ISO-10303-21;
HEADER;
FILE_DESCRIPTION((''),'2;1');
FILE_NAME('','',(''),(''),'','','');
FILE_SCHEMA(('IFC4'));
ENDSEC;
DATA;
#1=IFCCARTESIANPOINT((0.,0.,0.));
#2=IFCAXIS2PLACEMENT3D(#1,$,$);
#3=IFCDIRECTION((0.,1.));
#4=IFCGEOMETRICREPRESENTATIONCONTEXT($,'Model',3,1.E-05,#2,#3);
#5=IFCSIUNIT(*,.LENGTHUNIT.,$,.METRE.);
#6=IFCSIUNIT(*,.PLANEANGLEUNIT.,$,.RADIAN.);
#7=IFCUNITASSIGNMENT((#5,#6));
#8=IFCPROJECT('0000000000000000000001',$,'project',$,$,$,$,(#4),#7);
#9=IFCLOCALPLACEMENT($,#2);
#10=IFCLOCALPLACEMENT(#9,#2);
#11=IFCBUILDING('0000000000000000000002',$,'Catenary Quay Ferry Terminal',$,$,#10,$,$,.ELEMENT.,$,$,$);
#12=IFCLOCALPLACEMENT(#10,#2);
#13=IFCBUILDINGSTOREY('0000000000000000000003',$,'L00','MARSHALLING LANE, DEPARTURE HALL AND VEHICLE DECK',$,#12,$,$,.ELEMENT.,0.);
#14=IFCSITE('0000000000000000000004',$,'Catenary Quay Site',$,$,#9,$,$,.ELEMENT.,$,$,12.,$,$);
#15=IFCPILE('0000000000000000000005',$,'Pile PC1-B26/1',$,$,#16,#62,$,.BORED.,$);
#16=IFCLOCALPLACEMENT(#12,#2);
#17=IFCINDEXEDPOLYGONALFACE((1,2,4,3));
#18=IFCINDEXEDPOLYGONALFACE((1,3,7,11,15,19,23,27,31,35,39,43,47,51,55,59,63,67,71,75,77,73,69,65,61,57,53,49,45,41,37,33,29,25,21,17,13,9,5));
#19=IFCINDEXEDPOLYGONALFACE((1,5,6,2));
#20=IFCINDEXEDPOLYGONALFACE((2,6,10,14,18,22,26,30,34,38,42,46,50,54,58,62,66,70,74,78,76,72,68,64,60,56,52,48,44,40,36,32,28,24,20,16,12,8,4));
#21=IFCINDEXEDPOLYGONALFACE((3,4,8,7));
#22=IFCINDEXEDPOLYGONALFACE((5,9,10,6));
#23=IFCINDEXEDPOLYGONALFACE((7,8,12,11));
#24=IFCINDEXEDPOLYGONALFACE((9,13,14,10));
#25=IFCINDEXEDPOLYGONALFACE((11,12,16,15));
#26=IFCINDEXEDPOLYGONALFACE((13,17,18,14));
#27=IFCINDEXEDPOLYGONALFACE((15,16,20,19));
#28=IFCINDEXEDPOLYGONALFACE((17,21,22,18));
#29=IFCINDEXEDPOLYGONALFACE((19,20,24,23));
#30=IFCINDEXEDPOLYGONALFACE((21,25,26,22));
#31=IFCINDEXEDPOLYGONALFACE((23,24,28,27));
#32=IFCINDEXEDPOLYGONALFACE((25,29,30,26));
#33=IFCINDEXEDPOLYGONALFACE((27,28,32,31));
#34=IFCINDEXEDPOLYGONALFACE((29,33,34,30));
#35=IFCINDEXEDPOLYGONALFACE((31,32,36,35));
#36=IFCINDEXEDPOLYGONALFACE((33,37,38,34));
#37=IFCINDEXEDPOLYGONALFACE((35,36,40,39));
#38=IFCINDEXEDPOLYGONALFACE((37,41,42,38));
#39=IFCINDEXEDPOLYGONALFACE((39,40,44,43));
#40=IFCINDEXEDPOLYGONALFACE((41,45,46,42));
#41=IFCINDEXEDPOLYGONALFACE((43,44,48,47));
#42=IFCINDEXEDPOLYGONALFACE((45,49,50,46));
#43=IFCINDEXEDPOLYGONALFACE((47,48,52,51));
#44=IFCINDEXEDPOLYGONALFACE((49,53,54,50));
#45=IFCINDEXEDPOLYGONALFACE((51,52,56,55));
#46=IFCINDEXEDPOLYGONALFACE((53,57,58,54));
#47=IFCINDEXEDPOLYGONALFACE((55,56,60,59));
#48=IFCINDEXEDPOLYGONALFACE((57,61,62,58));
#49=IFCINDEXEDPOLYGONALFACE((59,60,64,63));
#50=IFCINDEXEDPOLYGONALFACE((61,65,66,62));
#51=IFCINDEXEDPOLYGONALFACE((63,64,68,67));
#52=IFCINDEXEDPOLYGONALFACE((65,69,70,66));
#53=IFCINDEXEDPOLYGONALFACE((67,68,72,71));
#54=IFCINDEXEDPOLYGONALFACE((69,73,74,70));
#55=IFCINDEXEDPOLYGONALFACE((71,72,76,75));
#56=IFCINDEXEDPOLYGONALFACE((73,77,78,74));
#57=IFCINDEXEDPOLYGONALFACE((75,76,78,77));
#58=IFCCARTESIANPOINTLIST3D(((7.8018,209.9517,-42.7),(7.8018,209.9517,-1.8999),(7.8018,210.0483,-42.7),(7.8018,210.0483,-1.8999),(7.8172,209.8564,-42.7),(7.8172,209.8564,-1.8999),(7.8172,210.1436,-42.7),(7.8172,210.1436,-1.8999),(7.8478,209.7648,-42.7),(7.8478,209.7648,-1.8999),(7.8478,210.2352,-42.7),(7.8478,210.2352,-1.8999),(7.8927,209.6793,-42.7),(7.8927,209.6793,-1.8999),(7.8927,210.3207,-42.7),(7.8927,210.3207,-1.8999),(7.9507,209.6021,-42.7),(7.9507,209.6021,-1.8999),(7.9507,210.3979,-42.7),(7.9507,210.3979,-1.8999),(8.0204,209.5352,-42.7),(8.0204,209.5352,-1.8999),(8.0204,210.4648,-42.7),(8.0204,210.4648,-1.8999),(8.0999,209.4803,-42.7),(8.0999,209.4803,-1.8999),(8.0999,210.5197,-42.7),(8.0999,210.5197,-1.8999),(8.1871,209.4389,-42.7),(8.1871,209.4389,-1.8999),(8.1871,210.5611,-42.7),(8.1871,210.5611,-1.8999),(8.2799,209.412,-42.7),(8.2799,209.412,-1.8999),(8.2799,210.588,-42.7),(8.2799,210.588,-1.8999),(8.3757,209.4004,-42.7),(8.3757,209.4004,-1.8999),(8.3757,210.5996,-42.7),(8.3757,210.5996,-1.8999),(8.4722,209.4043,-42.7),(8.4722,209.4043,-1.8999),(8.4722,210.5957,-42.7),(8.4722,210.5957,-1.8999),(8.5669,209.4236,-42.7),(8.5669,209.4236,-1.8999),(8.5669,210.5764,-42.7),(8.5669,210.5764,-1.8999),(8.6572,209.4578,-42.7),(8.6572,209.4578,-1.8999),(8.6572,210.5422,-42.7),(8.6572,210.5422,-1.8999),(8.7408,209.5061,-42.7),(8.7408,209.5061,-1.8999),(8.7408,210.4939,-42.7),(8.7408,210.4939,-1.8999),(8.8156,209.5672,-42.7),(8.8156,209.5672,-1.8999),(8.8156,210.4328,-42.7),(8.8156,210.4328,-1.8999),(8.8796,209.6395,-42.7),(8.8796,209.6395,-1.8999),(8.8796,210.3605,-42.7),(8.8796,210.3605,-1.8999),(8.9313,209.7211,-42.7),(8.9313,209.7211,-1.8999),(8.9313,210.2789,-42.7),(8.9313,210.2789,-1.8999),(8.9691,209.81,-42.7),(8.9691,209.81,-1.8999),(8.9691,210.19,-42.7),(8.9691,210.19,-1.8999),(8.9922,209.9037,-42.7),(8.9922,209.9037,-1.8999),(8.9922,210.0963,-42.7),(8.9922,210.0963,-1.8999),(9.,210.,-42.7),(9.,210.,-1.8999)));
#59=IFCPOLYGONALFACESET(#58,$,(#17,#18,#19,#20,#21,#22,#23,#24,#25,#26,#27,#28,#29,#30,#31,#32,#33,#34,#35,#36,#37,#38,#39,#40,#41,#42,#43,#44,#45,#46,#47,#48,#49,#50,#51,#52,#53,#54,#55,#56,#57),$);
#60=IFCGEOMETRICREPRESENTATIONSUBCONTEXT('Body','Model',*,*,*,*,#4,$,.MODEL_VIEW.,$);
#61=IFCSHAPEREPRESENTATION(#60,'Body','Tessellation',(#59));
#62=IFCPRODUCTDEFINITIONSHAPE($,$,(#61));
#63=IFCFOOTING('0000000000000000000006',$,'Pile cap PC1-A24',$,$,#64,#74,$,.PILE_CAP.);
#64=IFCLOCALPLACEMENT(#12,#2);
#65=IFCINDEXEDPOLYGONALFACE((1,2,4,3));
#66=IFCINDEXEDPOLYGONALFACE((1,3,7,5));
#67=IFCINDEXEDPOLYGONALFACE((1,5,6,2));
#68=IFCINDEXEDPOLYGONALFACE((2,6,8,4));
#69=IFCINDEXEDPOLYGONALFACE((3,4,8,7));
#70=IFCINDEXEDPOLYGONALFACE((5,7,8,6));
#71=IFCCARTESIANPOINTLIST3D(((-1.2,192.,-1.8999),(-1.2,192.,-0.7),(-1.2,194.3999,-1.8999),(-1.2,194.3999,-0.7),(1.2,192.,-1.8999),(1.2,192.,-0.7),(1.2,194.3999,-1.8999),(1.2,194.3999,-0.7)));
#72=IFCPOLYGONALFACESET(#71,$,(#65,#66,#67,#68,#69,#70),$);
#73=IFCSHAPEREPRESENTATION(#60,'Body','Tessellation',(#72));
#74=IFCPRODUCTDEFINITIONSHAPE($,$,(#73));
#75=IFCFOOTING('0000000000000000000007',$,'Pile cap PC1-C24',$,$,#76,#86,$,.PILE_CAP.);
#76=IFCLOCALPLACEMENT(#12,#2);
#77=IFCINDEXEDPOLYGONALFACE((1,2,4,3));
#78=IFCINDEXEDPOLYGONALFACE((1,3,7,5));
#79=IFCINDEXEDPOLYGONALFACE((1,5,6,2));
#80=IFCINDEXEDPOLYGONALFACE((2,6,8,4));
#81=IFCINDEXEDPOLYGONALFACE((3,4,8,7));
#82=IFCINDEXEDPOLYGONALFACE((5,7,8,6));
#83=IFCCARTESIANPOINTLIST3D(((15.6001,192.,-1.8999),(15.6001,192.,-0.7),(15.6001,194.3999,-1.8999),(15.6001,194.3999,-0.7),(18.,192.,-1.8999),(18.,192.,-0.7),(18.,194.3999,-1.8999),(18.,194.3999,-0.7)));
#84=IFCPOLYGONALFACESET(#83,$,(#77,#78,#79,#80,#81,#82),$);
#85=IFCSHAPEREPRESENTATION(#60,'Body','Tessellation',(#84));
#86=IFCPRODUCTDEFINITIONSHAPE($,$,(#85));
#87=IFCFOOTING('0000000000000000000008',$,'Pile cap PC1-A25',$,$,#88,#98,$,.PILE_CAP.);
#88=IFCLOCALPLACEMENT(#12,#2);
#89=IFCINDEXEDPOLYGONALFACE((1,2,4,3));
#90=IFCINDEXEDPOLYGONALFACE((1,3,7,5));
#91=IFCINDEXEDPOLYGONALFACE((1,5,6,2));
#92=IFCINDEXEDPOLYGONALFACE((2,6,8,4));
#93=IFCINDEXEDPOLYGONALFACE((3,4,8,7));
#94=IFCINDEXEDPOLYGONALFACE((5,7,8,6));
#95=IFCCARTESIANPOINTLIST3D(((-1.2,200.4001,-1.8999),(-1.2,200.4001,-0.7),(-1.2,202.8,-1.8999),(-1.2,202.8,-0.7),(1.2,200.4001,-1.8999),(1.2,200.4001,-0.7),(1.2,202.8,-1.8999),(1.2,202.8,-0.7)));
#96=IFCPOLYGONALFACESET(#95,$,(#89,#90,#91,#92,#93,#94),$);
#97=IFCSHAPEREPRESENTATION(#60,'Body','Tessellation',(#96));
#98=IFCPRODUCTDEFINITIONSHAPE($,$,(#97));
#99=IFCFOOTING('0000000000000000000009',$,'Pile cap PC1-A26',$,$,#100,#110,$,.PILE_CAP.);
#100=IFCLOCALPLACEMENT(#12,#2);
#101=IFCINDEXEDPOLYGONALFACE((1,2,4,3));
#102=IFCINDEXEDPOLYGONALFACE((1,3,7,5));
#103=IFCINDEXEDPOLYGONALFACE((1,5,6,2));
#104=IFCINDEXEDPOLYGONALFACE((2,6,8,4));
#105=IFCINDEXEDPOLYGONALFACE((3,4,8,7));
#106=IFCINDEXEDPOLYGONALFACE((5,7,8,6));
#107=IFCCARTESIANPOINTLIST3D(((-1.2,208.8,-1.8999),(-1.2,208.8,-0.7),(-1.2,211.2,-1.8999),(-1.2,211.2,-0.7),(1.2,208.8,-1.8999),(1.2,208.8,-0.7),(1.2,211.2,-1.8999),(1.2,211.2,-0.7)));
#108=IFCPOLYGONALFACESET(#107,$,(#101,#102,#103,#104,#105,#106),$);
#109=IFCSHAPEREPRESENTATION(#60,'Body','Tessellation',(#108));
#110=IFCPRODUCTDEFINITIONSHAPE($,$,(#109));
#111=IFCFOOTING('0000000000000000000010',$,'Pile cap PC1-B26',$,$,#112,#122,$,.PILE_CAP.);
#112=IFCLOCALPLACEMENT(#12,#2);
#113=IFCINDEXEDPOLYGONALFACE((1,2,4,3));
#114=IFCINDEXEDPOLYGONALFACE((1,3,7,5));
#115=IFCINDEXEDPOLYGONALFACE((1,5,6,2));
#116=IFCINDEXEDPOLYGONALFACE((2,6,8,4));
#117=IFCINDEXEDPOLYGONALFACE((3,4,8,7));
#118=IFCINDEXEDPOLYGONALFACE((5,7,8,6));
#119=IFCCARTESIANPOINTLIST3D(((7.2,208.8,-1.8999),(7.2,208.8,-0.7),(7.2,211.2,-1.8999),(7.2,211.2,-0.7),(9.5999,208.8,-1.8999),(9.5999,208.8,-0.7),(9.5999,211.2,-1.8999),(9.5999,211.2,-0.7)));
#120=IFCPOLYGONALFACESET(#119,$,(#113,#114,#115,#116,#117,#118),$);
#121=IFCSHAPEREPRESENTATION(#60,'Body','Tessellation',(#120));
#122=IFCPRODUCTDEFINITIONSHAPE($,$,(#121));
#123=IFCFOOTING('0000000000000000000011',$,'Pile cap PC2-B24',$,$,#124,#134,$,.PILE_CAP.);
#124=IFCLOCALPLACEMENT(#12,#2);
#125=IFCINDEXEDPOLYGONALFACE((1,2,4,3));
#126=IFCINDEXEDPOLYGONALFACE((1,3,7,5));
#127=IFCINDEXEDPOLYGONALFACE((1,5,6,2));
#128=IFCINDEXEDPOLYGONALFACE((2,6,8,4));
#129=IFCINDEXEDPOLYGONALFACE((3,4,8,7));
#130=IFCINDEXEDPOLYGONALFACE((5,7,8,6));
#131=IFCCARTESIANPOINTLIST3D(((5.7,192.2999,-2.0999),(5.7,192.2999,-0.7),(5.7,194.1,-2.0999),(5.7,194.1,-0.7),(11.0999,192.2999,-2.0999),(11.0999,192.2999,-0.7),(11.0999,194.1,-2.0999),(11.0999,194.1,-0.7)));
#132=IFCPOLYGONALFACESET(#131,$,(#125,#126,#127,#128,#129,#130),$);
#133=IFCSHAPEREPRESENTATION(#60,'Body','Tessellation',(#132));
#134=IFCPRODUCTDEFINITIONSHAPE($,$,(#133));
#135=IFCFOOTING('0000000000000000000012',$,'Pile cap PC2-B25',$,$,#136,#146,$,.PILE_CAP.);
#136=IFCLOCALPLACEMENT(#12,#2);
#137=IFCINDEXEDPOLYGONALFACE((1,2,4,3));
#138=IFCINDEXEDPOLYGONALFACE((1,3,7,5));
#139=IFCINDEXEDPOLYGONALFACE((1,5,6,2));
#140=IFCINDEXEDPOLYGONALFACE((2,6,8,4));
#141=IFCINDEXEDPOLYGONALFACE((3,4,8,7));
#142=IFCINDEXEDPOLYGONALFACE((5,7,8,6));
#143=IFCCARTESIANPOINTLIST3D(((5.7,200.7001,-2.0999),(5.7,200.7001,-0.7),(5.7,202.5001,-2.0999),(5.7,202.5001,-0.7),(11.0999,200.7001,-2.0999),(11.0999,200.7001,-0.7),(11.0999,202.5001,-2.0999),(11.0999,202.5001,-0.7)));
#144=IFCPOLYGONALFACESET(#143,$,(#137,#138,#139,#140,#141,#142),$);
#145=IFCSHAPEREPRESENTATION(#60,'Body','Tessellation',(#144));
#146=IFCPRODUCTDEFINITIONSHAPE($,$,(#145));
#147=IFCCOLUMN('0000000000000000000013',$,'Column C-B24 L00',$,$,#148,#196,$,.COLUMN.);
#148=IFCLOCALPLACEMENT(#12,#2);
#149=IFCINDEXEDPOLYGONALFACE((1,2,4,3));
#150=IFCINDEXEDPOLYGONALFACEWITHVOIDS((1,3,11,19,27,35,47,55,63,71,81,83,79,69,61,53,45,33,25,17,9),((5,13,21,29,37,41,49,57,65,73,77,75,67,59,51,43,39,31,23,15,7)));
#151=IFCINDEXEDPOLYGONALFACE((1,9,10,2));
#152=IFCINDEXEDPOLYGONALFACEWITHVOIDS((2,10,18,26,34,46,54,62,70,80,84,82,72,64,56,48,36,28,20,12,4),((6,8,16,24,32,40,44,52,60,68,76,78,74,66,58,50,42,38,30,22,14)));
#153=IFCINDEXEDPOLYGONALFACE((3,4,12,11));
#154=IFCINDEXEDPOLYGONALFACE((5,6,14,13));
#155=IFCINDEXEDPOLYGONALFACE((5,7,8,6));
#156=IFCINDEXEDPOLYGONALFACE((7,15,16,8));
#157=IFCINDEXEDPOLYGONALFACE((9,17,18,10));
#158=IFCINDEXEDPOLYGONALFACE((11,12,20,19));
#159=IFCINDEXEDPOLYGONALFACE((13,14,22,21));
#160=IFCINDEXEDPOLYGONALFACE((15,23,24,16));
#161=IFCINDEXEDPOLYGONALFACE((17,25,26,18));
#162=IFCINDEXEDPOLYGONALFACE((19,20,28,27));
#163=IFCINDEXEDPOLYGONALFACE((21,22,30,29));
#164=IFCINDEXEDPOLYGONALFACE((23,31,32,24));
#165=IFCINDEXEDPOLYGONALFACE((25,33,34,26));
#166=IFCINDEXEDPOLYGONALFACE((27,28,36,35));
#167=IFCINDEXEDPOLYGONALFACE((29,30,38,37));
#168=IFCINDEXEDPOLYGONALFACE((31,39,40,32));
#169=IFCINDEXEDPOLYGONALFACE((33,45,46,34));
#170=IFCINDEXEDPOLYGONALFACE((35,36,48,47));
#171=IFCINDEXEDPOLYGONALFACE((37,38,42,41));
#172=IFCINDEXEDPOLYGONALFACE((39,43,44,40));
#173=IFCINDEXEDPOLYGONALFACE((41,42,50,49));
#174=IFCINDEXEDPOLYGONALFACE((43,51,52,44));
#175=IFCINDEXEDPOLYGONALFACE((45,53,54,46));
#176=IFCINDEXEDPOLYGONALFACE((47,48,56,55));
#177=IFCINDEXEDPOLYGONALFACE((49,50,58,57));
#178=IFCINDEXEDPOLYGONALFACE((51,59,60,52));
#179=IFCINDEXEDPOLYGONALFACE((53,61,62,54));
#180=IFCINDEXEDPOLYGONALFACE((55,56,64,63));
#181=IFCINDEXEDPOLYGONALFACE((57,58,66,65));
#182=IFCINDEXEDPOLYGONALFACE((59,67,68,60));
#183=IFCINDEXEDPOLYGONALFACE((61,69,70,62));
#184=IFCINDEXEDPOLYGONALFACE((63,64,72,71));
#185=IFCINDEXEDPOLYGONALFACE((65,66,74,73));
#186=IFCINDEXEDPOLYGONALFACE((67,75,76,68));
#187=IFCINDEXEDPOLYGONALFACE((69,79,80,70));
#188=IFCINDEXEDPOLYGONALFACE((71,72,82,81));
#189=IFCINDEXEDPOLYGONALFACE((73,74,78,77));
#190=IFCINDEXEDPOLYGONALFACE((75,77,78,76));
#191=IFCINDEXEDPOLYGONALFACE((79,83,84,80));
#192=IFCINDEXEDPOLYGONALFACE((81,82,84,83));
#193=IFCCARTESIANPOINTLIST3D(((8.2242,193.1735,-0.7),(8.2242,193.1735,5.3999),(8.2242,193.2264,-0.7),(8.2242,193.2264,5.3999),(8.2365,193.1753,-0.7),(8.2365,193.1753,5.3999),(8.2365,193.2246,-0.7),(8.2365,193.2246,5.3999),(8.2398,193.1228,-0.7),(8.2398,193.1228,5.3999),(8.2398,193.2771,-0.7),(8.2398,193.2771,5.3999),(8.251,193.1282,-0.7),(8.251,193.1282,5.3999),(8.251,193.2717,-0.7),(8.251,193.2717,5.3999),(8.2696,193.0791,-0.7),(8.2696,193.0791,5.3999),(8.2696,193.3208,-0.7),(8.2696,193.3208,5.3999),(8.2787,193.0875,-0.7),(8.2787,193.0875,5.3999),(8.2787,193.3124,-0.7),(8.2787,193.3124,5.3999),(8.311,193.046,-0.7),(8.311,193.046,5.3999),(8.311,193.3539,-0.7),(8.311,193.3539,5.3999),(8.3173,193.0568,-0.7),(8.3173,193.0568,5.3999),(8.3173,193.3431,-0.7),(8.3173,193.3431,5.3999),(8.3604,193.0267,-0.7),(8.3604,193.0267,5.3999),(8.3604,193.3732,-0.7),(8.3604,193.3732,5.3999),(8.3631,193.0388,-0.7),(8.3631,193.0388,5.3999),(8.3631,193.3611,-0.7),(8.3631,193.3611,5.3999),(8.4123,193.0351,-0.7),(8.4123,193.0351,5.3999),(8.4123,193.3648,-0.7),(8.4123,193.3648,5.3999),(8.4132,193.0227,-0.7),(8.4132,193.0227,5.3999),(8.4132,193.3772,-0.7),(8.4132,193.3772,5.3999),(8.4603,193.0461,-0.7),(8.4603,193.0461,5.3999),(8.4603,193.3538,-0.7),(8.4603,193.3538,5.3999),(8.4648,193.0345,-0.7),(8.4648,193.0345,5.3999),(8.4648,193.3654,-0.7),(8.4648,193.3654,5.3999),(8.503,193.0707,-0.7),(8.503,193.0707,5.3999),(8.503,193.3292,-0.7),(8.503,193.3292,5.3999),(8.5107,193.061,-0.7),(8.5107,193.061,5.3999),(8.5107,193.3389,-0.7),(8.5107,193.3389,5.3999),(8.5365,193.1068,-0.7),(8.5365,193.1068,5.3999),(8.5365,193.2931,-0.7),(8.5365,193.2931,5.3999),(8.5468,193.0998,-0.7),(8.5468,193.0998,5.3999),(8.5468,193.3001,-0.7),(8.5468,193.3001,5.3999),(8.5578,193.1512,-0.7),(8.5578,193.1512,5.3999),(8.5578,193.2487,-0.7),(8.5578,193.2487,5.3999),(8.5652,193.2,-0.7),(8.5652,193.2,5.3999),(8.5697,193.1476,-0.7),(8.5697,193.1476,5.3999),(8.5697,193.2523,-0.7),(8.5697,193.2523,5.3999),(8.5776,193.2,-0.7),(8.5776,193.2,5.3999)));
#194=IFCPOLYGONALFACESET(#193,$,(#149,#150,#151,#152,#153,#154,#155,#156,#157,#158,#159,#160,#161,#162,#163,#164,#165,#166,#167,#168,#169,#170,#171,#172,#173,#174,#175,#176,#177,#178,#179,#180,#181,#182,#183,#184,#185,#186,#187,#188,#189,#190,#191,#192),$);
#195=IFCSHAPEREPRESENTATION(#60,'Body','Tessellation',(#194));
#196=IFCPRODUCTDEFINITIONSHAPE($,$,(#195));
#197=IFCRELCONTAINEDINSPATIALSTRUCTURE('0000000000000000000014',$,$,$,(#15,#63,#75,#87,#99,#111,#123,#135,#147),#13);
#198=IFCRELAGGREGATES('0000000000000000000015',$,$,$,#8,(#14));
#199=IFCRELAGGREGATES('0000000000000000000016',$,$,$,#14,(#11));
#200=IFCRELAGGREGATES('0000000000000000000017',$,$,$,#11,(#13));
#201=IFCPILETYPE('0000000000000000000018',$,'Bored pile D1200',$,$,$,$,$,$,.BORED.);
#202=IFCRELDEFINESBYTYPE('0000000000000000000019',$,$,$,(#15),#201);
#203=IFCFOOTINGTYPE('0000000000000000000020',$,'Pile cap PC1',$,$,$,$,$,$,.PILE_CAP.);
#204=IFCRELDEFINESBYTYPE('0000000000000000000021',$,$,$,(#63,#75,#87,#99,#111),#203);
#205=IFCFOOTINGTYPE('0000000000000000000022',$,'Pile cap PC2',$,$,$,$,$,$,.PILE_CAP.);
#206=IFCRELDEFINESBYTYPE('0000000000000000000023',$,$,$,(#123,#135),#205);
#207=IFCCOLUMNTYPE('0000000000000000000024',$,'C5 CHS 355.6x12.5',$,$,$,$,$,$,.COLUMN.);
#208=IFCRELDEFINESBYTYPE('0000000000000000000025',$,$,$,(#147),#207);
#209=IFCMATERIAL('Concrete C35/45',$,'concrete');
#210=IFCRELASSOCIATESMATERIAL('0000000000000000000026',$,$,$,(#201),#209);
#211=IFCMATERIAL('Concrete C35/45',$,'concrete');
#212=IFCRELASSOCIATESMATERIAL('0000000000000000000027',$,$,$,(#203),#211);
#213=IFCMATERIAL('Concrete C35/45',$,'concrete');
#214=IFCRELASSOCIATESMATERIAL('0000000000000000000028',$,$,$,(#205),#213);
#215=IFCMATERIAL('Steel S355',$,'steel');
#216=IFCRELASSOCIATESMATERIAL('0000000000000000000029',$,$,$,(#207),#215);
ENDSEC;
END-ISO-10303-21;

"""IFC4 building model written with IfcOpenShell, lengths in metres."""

from ifc_helpers import new_model, si_unit, direction, frame, origin, origin_2d, place, context, subcontext, project, spatial, rectangle, circle, hollow_circle, extrude, material, material_profile, profile_set, type_object, element, save


model = new_model("IFC4")

# Units and contexts
model_context = context("Model", 3, precision=1e-05, world=origin(), true_north=direction((0.0, 1.0)))
body_context = subcontext(model_context, "Body", "Model", "MODEL_VIEW")
ifc_project = project(units=[si_unit("LENGTHUNIT", "METRE"), si_unit("PLANEANGLEUNIT", "RADIAN")], contexts=[model_context])

# Site, building, storey
site_placement = place(None, origin())
site = spatial("IfcSite", under=ifc_project, at=site_placement, Name="Catenary Quay Site", CompositionType="ELEMENT", RefElevation=12.0)
building_placement = place(site_placement, origin())
building = spatial("IfcBuilding", under=site, at=building_placement, Name="Catenary Quay Ferry Terminal", CompositionType="ELEMENT")
storey_placement = place(building_placement, origin())
storey = spatial("IfcBuildingStorey", under=building, at=storey_placement, Name="L00", Description="MARSHALLING LANE, DEPARTURE HALL AND VEHICLE DECK", CompositionType="ELEMENT", Elevation=0.0)

# Pile
ifc_material_1 = material(Name="Concrete C35/45", Category="concrete")
ifc_material_profile_1 = material_profile(ifc_material_1, circle(Radius=0.6001, at=origin_2d()), Name="D1200")
ifc_profile_set_1 = profile_set([ifc_material_profile_1], Name="Concrete C35/45")
pile_type = type_object("IfcPileType", Name="Bored pile D1200", PredefinedType="BORED", material=ifc_profile_set_1)
for number, where, z_axis, x_axis, name in (
    (1, (8.3999, 210.0, -1.8999), (0.0, 0.0, -1.0), (1.0, 0.0, 0.0), "Pile PC1-B26/1"),
):
    element("IfcPile", number, at=place(storey_placement, frame(where, z_axis=z_axis, x_axis=x_axis)), inside=storey, type_object=pile_type, Name=name, PredefinedType="BORED", context=body_context, shape_type="SweptSolid", body=[
        extrude(circle(Radius=0.6001, at=origin_2d()), origin(), (0.0, 0.0, 1.0), 40.8),
    ])

# Footings
ifc_material_2 = material(Name="Concrete C35/45", Category="concrete")
footing_type_1 = type_object("IfcFootingType", Name="Pile cap PC1", PredefinedType="PILE_CAP", material=ifc_material_2)
for number, where, z_axis, x_axis, name in (
    (2, (0.0, 193.2, -1.8999), (0.0, 0.0, 1.0), (1.0, 0.0, 0.0), "Pile cap PC1-A24"),
    (3, (16.8, 193.2, -1.8999), (0.0, 0.0, 1.0), (1.0, 0.0, 0.0), "Pile cap PC1-C24"),
    (4, (0.0, 201.6001, -1.8999), (0.0, 0.0, 1.0), (1.0, 0.0, 0.0), "Pile cap PC1-A25"),
    (5, (0.0, 210.0, -1.8999), (0.0, 0.0, 1.0), (1.0, 0.0, 0.0), "Pile cap PC1-A26"),
    (6, (8.3999, 210.0, -1.8999), (0.0, 0.0, 1.0), (1.0, 0.0, 0.0), "Pile cap PC1-B26"),
):
    element("IfcFooting", number, at=place(storey_placement, frame(where, z_axis=z_axis, x_axis=x_axis)), inside=storey, type_object=footing_type_1, Name=name, PredefinedType="PILE_CAP", context=body_context, shape_type="SweptSolid", body=[
        extrude(rectangle(XDim=2.3999, YDim=2.3999, at=origin_2d()), origin(), (0.0, 0.0, 1.0), 1.2),
    ])
ifc_material_3 = material(Name="Concrete C35/45", Category="concrete")
footing_type_2 = type_object("IfcFootingType", Name="Pile cap PC2", PredefinedType="PILE_CAP", material=ifc_material_3)
for number, where, z_axis, x_axis, name in (
    (7, (8.3999, 193.2, -2.0999), (0.0, 0.0, 1.0), (1.0, 0.0, 0.0), "Pile cap PC2-B24"),
    (8, (8.3999, 201.6001, -2.0999), (0.0, 0.0, 1.0), (1.0, 0.0, 0.0), "Pile cap PC2-B25"),
):
    element("IfcFooting", number, at=place(storey_placement, frame(where, z_axis=z_axis, x_axis=x_axis)), inside=storey, type_object=footing_type_2, Name=name, PredefinedType="PILE_CAP", context=body_context, shape_type="SweptSolid", body=[
        extrude(rectangle(XDim=5.3999, YDim=1.8, at=origin_2d()), origin(), (0.0, 0.0, 1.0), 1.3999),
    ])

# Column
ifc_material_4 = material(Name="Steel S355", Category="steel")
ifc_material_profile_2 = material_profile(ifc_material_4, hollow_circle(Radius=0.1777, WallThickness=0.0125, at=origin_2d()), Name="CHS 355.6x12.5")
ifc_profile_set_2 = profile_set([ifc_material_profile_2], Name="Steel S355")
column_type = type_object("IfcColumnType", Name="C5 CHS 355.6x12.5", PredefinedType="COLUMN", material=ifc_profile_set_2)
for number, where, z_axis, x_axis, name in (
    (9, (8.3999, 193.2, -0.7), (0.0, 0.0, 1.0), (1.0, 0.0, 0.0), "Column C-B24 L00"),
):
    element("IfcColumn", number, at=place(storey_placement, frame(where, z_axis=z_axis, x_axis=x_axis)), inside=storey, type_object=column_type, Name=name, PredefinedType="COLUMN", context=body_context, shape_type="SweptSolid", body=[
        extrude(hollow_circle(Radius=0.1777, WallThickness=0.0125, at=origin_2d()), origin(), (0.0, 0.0, 1.0), 6.0999),
    ])

save(model, "model.ifc")
